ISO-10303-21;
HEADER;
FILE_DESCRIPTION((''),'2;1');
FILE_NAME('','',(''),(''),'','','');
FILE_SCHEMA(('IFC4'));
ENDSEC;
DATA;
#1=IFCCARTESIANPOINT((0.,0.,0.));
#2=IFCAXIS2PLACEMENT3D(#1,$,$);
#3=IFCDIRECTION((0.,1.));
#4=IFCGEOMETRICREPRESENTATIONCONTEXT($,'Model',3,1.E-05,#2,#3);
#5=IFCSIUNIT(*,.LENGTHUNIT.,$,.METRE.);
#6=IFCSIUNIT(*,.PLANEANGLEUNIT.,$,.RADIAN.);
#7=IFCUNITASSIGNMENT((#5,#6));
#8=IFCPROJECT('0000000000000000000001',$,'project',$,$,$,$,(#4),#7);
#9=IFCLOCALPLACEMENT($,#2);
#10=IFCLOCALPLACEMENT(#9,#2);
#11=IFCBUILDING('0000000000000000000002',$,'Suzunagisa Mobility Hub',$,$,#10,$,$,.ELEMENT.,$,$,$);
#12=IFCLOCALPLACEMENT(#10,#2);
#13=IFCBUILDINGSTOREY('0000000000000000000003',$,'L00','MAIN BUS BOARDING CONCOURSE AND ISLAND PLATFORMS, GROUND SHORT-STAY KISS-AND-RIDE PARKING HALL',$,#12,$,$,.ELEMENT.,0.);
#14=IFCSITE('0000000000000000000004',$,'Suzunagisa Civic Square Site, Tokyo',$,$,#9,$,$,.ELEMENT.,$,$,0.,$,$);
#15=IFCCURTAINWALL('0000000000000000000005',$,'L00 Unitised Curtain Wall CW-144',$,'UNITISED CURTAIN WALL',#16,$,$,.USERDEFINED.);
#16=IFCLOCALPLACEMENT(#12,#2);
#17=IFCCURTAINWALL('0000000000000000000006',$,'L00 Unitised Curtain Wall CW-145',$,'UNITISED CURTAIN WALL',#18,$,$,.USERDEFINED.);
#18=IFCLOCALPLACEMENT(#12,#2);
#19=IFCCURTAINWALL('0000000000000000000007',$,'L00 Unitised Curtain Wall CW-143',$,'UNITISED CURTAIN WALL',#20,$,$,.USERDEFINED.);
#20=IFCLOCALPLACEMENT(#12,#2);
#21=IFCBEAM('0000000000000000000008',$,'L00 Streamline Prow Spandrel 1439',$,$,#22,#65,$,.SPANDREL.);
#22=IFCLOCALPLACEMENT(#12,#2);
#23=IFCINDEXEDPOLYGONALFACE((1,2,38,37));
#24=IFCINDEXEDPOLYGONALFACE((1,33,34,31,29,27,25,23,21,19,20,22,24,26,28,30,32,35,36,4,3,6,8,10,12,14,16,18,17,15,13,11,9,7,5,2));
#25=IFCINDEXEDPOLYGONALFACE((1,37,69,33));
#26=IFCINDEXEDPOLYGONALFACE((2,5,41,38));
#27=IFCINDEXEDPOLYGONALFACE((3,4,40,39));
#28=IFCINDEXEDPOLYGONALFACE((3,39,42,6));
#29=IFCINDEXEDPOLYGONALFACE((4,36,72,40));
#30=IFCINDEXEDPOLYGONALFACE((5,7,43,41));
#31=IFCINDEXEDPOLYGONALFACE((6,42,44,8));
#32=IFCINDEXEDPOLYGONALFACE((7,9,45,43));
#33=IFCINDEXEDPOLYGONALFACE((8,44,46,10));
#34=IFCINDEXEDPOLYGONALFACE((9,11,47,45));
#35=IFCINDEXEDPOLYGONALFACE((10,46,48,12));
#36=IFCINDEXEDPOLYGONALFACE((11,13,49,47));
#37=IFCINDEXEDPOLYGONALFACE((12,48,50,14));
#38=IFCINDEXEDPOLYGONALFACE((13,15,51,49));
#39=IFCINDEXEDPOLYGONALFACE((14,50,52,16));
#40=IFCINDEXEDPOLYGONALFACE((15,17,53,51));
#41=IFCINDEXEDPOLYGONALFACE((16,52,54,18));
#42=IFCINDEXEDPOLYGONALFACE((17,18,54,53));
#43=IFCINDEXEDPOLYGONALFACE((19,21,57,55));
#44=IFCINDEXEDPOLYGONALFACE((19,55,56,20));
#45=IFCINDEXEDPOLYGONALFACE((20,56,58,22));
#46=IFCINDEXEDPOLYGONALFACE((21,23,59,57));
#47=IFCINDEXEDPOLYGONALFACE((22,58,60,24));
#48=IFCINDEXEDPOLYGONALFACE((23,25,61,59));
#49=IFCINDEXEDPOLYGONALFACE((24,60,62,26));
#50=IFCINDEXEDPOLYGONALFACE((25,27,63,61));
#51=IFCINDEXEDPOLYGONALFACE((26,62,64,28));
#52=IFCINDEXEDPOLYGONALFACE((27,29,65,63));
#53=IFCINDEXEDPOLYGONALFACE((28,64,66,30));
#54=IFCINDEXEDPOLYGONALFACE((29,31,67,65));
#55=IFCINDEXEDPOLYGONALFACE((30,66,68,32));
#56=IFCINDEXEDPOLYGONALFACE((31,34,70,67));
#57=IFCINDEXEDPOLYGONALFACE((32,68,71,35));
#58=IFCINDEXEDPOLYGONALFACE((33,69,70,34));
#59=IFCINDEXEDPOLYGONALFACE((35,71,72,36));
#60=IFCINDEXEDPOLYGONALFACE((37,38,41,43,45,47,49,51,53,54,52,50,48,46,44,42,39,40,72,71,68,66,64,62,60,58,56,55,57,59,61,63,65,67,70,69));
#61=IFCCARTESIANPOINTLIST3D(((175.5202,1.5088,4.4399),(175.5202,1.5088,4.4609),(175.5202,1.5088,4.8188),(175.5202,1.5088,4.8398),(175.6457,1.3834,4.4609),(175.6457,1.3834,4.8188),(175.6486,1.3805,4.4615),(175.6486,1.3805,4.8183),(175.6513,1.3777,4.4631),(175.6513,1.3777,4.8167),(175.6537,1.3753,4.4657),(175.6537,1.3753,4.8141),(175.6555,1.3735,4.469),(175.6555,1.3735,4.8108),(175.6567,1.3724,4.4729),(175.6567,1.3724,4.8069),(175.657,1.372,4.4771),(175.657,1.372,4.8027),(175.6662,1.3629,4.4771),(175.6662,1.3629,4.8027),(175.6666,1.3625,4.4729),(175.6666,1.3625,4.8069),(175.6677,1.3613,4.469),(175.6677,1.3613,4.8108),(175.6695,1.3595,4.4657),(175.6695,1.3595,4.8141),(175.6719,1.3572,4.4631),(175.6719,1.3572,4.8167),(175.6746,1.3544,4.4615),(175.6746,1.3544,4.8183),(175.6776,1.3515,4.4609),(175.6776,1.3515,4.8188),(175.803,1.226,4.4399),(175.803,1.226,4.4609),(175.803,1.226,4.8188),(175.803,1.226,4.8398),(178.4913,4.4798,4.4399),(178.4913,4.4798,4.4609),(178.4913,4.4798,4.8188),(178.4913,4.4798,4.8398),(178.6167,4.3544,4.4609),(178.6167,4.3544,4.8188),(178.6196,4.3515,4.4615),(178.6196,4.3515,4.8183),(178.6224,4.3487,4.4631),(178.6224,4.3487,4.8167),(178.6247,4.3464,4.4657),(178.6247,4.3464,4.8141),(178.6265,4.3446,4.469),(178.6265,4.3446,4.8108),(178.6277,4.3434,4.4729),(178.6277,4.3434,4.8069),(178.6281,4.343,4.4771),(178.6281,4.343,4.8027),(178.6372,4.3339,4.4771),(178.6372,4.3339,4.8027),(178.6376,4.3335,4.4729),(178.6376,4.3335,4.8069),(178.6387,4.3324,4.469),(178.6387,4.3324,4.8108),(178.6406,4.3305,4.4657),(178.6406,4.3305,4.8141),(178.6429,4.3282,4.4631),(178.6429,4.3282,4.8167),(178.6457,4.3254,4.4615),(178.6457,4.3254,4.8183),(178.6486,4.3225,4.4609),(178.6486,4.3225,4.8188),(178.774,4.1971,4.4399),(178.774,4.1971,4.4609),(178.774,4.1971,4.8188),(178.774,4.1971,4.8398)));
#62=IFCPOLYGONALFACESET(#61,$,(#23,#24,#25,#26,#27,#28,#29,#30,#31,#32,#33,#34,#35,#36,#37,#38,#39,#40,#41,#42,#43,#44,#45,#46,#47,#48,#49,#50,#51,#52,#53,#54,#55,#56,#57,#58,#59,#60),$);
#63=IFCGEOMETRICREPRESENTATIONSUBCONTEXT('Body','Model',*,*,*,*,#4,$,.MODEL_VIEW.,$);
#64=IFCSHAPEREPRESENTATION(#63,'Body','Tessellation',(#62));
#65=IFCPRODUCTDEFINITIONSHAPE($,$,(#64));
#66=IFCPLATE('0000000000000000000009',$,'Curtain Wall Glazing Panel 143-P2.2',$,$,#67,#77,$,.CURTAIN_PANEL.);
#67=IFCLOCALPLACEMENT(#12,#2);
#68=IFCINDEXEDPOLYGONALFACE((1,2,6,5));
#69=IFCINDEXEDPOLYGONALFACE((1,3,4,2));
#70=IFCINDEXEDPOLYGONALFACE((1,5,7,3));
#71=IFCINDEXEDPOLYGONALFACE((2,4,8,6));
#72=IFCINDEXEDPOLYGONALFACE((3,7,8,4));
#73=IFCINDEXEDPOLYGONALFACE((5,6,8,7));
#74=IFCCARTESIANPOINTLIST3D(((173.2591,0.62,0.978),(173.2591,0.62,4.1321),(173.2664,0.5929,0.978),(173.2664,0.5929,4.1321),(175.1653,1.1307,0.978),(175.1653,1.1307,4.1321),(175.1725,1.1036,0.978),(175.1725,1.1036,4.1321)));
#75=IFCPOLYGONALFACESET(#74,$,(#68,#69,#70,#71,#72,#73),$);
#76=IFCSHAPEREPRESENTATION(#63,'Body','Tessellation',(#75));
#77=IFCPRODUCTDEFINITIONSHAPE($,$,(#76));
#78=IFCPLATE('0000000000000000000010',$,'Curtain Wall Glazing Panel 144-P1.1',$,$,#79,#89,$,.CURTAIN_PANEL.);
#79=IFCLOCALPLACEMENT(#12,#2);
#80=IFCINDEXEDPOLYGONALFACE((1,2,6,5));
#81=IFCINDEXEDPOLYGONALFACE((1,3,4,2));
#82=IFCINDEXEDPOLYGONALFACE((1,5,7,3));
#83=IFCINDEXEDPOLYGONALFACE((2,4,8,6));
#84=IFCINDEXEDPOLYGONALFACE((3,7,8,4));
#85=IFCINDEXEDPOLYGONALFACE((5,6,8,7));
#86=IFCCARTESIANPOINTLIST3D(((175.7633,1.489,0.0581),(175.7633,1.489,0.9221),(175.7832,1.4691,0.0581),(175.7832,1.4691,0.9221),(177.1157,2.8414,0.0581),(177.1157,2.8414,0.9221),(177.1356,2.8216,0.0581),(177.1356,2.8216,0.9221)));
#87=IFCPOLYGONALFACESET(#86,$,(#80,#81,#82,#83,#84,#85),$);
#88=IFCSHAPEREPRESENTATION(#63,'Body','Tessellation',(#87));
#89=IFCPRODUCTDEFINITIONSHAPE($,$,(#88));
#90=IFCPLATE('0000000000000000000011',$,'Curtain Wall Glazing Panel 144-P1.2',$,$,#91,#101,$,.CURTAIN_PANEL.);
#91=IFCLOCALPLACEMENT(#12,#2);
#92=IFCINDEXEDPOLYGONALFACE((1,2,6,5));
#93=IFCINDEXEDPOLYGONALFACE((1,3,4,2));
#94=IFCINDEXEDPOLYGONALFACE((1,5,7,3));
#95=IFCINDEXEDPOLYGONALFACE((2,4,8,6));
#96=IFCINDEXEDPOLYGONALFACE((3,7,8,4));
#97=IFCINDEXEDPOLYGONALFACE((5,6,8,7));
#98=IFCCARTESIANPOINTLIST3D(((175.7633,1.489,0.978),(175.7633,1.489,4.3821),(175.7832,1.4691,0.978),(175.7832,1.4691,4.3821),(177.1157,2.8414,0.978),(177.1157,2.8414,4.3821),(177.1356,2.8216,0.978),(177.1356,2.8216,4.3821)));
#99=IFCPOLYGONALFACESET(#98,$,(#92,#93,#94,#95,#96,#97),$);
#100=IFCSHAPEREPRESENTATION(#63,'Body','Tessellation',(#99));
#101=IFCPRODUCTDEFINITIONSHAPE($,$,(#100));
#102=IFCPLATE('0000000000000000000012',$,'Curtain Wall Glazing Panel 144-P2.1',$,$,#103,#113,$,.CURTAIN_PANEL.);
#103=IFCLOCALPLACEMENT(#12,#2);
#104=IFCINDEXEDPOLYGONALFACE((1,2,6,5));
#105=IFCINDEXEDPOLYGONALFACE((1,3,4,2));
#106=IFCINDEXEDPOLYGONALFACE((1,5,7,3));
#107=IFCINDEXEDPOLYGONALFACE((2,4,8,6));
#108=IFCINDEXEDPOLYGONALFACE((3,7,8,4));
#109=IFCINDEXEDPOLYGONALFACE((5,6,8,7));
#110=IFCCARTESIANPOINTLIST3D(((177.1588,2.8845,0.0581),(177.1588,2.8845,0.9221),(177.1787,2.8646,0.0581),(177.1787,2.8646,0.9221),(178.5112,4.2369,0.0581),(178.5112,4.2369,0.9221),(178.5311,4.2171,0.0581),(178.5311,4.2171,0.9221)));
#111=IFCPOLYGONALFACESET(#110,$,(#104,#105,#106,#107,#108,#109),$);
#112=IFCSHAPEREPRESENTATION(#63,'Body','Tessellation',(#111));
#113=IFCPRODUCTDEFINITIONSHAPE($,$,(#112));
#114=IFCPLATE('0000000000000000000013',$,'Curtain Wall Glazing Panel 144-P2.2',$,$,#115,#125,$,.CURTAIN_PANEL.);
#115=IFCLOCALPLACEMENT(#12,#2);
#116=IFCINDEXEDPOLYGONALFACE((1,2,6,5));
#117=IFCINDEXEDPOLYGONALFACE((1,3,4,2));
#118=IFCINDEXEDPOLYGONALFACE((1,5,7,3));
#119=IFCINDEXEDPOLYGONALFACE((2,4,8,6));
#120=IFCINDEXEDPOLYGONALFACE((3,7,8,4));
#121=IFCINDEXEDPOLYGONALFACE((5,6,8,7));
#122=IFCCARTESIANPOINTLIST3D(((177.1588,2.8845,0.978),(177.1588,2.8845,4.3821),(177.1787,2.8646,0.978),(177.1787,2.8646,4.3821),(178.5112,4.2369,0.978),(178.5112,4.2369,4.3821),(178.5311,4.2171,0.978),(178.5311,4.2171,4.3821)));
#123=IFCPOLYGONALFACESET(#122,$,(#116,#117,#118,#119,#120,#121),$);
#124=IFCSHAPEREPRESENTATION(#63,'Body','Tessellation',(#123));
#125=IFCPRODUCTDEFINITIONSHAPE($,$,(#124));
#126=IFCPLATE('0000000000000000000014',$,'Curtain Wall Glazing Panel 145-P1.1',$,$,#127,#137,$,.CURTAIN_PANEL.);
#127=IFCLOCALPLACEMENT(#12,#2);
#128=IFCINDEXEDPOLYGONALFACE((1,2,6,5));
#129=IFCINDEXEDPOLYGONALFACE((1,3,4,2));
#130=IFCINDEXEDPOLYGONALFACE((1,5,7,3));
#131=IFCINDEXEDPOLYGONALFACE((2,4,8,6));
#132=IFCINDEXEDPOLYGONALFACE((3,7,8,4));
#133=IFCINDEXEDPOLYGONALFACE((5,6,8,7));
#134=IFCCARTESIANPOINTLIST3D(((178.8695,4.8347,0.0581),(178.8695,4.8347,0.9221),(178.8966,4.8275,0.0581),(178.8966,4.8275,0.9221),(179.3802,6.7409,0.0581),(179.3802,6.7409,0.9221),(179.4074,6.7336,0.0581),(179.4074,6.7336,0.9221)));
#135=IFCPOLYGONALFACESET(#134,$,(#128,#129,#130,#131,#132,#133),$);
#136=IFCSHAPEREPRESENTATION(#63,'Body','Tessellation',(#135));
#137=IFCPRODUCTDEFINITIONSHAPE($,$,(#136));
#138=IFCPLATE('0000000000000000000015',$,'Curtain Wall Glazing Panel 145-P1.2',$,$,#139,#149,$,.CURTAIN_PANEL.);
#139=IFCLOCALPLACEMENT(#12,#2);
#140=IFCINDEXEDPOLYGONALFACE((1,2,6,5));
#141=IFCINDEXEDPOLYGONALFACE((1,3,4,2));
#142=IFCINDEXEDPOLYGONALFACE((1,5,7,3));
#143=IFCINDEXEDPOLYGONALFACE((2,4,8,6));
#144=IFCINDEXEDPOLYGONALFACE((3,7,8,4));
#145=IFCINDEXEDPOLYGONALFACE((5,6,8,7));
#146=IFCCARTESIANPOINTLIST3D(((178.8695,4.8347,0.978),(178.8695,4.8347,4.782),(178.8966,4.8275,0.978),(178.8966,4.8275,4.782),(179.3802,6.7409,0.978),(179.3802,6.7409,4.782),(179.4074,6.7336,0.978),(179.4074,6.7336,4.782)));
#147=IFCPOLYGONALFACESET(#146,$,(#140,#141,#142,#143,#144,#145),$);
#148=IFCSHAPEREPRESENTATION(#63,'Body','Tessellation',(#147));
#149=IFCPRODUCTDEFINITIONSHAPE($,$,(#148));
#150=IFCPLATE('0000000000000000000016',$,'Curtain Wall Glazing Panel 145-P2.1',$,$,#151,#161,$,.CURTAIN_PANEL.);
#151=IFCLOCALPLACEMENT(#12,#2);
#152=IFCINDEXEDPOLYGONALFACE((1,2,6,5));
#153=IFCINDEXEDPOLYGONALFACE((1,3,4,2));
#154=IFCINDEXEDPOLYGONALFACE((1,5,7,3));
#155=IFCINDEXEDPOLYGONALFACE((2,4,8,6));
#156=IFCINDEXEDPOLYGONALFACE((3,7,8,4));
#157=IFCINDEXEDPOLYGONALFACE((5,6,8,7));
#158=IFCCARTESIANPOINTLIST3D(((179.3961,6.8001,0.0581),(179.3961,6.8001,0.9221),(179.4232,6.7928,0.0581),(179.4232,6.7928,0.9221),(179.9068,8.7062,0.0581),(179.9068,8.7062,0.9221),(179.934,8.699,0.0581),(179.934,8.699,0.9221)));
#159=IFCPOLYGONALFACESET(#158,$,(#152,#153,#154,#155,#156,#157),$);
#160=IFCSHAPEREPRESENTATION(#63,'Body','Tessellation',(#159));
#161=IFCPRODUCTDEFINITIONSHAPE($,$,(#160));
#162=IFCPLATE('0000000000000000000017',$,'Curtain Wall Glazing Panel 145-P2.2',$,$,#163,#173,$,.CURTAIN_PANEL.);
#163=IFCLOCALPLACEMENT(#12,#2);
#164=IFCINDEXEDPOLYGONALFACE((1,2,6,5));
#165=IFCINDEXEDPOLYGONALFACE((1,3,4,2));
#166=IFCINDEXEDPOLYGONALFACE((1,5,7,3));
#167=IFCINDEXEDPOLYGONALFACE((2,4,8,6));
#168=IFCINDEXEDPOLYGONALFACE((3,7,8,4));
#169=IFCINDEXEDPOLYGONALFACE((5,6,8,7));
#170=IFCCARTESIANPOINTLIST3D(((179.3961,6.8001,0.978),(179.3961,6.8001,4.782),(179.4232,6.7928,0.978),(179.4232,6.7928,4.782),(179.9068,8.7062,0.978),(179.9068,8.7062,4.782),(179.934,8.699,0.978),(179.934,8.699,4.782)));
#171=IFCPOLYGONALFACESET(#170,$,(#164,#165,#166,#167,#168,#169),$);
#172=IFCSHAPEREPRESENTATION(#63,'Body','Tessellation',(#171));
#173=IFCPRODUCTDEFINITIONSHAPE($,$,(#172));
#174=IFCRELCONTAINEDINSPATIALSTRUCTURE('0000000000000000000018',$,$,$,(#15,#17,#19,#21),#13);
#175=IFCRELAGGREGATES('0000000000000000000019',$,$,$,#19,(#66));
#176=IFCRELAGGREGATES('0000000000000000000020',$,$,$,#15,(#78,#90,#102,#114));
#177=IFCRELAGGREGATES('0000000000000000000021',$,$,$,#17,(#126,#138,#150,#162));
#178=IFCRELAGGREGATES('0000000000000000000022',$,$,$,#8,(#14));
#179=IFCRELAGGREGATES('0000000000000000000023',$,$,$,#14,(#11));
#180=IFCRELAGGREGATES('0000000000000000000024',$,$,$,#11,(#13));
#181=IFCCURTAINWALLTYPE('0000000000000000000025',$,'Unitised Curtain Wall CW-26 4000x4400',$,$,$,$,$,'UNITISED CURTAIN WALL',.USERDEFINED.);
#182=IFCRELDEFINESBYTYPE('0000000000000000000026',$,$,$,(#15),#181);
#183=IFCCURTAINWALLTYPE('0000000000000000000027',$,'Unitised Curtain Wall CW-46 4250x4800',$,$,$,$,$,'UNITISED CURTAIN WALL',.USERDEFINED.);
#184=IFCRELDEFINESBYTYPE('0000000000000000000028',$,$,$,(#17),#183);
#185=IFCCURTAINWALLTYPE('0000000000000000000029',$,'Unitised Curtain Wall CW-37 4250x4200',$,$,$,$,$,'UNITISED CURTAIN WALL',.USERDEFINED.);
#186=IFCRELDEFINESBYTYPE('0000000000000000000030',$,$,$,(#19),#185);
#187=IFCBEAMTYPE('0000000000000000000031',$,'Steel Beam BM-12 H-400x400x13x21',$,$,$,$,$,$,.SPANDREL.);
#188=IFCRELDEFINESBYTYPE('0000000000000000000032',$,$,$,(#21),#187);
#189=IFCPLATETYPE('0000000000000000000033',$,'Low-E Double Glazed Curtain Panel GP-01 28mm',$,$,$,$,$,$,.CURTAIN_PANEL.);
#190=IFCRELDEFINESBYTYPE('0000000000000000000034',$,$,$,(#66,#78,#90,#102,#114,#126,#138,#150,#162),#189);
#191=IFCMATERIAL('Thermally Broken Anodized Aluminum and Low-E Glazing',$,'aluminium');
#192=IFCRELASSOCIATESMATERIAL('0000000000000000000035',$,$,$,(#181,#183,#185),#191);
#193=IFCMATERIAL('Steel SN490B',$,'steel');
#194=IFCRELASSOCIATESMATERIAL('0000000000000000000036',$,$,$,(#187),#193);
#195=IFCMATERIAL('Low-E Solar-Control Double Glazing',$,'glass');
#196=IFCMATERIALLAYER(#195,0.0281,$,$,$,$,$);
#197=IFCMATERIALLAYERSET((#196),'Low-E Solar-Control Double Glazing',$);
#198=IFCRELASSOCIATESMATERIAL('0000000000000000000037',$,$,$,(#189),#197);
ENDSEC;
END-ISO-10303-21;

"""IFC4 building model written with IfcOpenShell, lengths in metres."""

from ifc_helpers import new_model, si_unit, direction, frame, origin, origin_2d, place, context, subcontext, project, spatial, rectangle, i_section, extrude, material, layer, layer_set, material_profile, profile_set, type_object, element, aggregate, save


model = new_model("IFC4")

# Units and contexts
model_context = context("Model", 3, precision=1e-05, world=origin(), true_north=direction((0.0, 1.0)))
body_context = subcontext(model_context, "Body", "Model", "MODEL_VIEW")
ifc_project = project(units=[si_unit("LENGTHUNIT", "METRE"), si_unit("PLANEANGLEUNIT", "RADIAN")], contexts=[model_context])

# Site, building, storey
site_placement = place(None, origin())
site = spatial("IfcSite", under=ifc_project, at=site_placement, Name="Suzunagisa Civic Square Site, Tokyo", CompositionType="ELEMENT", RefElevation=0.0)
building_placement = place(site_placement, origin())
building = spatial("IfcBuilding", under=site, at=building_placement, Name="Suzunagisa Mobility Hub", CompositionType="ELEMENT")
storey_placement = place(building_placement, origin())
storey = spatial("IfcBuildingStorey", under=building, at=storey_placement, Name="L00", Description="MAIN BUS BOARDING CONCOURSE AND ISLAND PLATFORMS, GROUND SHORT-STAY KISS-AND-RIDE PARKING HALL", CompositionType="ELEMENT", Elevation=0.0)

# Shared definitions
ifc_material_1 = material(Name="Steel SN490B", Category="steel")

# Curtain walls
ifc_material_2 = material(Name="Thermally Broken Anodized Aluminum and Low-E Glazing", Category="aluminium")
curtain_wall_type_1 = type_object("IfcCurtainWallType", Name="Unitised Curtain Wall CW-26 4000x4400", ElementType="UNITISED CURTAIN WALL", PredefinedType="USERDEFINED", material=ifc_material_2)
curtain_wall_1_placement = place(storey_placement, origin())
curtain_wall_1 = element("IfcCurtainWall", 1, at=curtain_wall_1_placement, inside=storey, type_object=curtain_wall_type_1, Name="L00 Unitised Curtain Wall CW-144", ObjectType="UNITISED CURTAIN WALL", PredefinedType="USERDEFINED")
curtain_wall_type_2 = type_object("IfcCurtainWallType", Name="Unitised Curtain Wall CW-46 4250x4800", ElementType="UNITISED CURTAIN WALL", PredefinedType="USERDEFINED", material=ifc_material_2)
curtain_wall_2_placement = place(storey_placement, origin())
curtain_wall_2 = element("IfcCurtainWall", 2, at=curtain_wall_2_placement, inside=storey, type_object=curtain_wall_type_2, Name="L00 Unitised Curtain Wall CW-145", ObjectType="UNITISED CURTAIN WALL", PredefinedType="USERDEFINED")

# Curtain wall
curtain_wall_type_3 = type_object("IfcCurtainWallType", Name="Unitised Curtain Wall CW-37 4250x4200", ElementType="UNITISED CURTAIN WALL", PredefinedType="USERDEFINED", material=ifc_material_2)
curtain_wall_3_placement = place(storey_placement, origin())
curtain_wall_3 = element("IfcCurtainWall", 3, at=curtain_wall_3_placement, inside=storey, type_object=curtain_wall_type_3, Name="L00 Unitised Curtain Wall CW-143", ObjectType="UNITISED CURTAIN WALL", PredefinedType="USERDEFINED")

# Beam
ifc_material_profile_1 = material_profile(ifc_material_1, i_section(OverallWidth=0.3999, OverallDepth=0.3999, WebThickness=0.0129, FlangeThickness=0.021, FilletRadius=0.0161, at=origin_2d()), Name="H-400x400x13x21")
ifc_profile_set_1 = profile_set([ifc_material_profile_1], Name="Steel SN490B")
beam_type_1 = type_object("IfcBeamType", Name="Steel Beam BM-12 H-400x400x13x21", PredefinedType="SPANDREL", material=ifc_profile_set_1)
beam_1_placement = place(storey_placement, frame((175.6616, 1.3674, 4.6399), z_axis=(0.707107, 0.707107, 0.0), x_axis=(-0.707107, 0.707107, 0.0)))
element("IfcBeam", 4, at=beam_1_placement, inside=storey, type_object=beam_type_1, Name="L00 Streamline Prow Spandrel 1439", PredefinedType="SPANDREL", context=body_context, shape_type="SweptSolid", body=[
    extrude(i_section(OverallWidth=0.3999, OverallDepth=0.3999, WebThickness=0.0129, FlangeThickness=0.021, FilletRadius=0.0161, at=origin_2d()), origin(), (0.0, 0.0, 1.0), 4.2017),
])

# Plates
ifc_material_3 = material(Name="Low-E Solar-Control Double Glazing", Category="glass")
ifc_layer_1 = layer(ifc_material_3, 0.0281)
ifc_layer_set_1 = layer_set([ifc_layer_1], Name="Low-E Solar-Control Double Glazing")
plate_type = type_object("IfcPlateType", Name="Low-E Double Glazed Curtain Panel GP-01 28mm", PredefinedType="CURTAIN_PANEL", material=ifc_layer_set_1)
plate_1_placement = place(storey_placement, frame((174.2158, 0.8618, 0.978), z_axis=(0.0, 0.0, 1.0), x_axis=(0.965927, 0.258814, 0.0)))
plate_1 = element("IfcPlate", 5, at=plate_1_placement, type_object=plate_type, Name="Curtain Wall Glazing Panel 143-P2.2", PredefinedType="CURTAIN_PANEL", context=body_context, shape_type="SweptSolid", body=[
    extrude(rectangle(XDim=1.9734, YDim=0.0281, at=origin_2d()), origin(), (0.0, 0.0, 1.0), 3.1541),
])
aggregate(curtain_wall_3, [plate_1])
plate_2_placement = place(storey_placement, frame((176.4495, 2.1553, 0.0581), z_axis=(0.0, 0.0, 1.0), x_axis=(0.707107, 0.707107, 0.0)))
plate_2 = element("IfcPlate", 6, at=plate_2_placement, type_object=plate_type, Name="Curtain Wall Glazing Panel 144-P1.1", PredefinedType="CURTAIN_PANEL", context=body_context, shape_type="SweptSolid", body=[
    extrude(rectangle(XDim=1.9126, YDim=0.0281, at=origin_2d()), origin(), (0.0, 0.0, 1.0), 0.864),
])
plate_3_placement = place(storey_placement, frame((176.4495, 2.1553, 0.978), z_axis=(0.0, 0.0, 1.0), x_axis=(0.707107, 0.707107, 0.0)))
plate_3 = element("IfcPlate", 7, at=plate_3_placement, type_object=plate_type, Name="Curtain Wall Glazing Panel 144-P1.2", PredefinedType="CURTAIN_PANEL", context=body_context, shape_type="SweptSolid", body=[
    extrude(rectangle(XDim=1.9126, YDim=0.0281, at=origin_2d()), origin(), (0.0, 0.0, 1.0), 3.4041),
])
plate_4_placement = place(storey_placement, frame((177.845, 3.5508, 0.0581), z_axis=(0.0, 0.0, 1.0), x_axis=(0.707107, 0.707107, 0.0)))
plate_4 = element("IfcPlate", 8, at=plate_4_placement, type_object=plate_type, Name="Curtain Wall Glazing Panel 144-P2.1", PredefinedType="CURTAIN_PANEL", context=body_context, shape_type="SweptSolid", body=[
    extrude(rectangle(XDim=1.9126, YDim=0.0281, at=origin_2d()), origin(), (0.0, 0.0, 1.0), 0.864),
])
plate_5_placement = place(storey_placement, frame((177.845, 3.5508, 0.978), z_axis=(0.0, 0.0, 1.0), x_axis=(0.707107, 0.707107, 0.0)))
plate_5 = element("IfcPlate", 9, at=plate_5_placement, type_object=plate_type, Name="Curtain Wall Glazing Panel 144-P2.2", PredefinedType="CURTAIN_PANEL", context=body_context, shape_type="SweptSolid", body=[
    extrude(rectangle(XDim=1.9126, YDim=0.0281, at=origin_2d()), origin(), (0.0, 0.0, 1.0), 3.4041),
])
aggregate(curtain_wall_1, [plate_2, plate_3, plate_4, plate_5])
plate_6_placement = place(storey_placement, frame((179.1384, 5.7842, 0.0581), z_axis=(0.0, 0.0, 1.0), x_axis=(0.258814, 0.965927, 0.0)))
plate_6 = element("IfcPlate", 10, at=plate_6_placement, type_object=plate_type, Name="Curtain Wall Glazing Panel 145-P1.1", PredefinedType="CURTAIN_PANEL", context=body_context, shape_type="SweptSolid", body=[
    extrude(rectangle(XDim=1.9734, YDim=0.0281, at=origin_2d()), origin(), (0.0, 0.0, 1.0), 0.864),
])
plate_7_placement = place(storey_placement, frame((179.1384, 5.7842, 0.978), z_axis=(0.0, 0.0, 1.0), x_axis=(0.258814, 0.965927, 0.0)))
plate_7 = element("IfcPlate", 11, at=plate_7_placement, type_object=plate_type, Name="Curtain Wall Glazing Panel 145-P1.2", PredefinedType="CURTAIN_PANEL", context=body_context, shape_type="SweptSolid", body=[
    extrude(rectangle(XDim=1.9734, YDim=0.0281, at=origin_2d()), origin(), (0.0, 0.0, 1.0), 3.804),
])
plate_8_placement = place(storey_placement, frame((179.665, 7.7495, 0.0581), z_axis=(0.0, 0.0, 1.0), x_axis=(0.258814, 0.965927, 0.0)))
plate_8 = element("IfcPlate", 12, at=plate_8_placement, type_object=plate_type, Name="Curtain Wall Glazing Panel 145-P2.1", PredefinedType="CURTAIN_PANEL", context=body_context, shape_type="SweptSolid", body=[
    extrude(rectangle(XDim=1.9734, YDim=0.0281, at=origin_2d()), origin(), (0.0, 0.0, 1.0), 0.864),
])
plate_9_placement = place(storey_placement, frame((179.665, 7.7495, 0.978), z_axis=(0.0, 0.0, 1.0), x_axis=(0.258814, 0.965927, 0.0)))
plate_9 = element("IfcPlate", 13, at=plate_9_placement, type_object=plate_type, Name="Curtain Wall Glazing Panel 145-P2.2", PredefinedType="CURTAIN_PANEL", context=body_context, shape_type="SweptSolid", body=[
    extrude(rectangle(XDim=1.9734, YDim=0.0281, at=origin_2d()), origin(), (0.0, 0.0, 1.0), 3.804),
])
aggregate(curtain_wall_2, [plate_6, plate_7, plate_8, plate_9])

save(model, "model.ifc")
